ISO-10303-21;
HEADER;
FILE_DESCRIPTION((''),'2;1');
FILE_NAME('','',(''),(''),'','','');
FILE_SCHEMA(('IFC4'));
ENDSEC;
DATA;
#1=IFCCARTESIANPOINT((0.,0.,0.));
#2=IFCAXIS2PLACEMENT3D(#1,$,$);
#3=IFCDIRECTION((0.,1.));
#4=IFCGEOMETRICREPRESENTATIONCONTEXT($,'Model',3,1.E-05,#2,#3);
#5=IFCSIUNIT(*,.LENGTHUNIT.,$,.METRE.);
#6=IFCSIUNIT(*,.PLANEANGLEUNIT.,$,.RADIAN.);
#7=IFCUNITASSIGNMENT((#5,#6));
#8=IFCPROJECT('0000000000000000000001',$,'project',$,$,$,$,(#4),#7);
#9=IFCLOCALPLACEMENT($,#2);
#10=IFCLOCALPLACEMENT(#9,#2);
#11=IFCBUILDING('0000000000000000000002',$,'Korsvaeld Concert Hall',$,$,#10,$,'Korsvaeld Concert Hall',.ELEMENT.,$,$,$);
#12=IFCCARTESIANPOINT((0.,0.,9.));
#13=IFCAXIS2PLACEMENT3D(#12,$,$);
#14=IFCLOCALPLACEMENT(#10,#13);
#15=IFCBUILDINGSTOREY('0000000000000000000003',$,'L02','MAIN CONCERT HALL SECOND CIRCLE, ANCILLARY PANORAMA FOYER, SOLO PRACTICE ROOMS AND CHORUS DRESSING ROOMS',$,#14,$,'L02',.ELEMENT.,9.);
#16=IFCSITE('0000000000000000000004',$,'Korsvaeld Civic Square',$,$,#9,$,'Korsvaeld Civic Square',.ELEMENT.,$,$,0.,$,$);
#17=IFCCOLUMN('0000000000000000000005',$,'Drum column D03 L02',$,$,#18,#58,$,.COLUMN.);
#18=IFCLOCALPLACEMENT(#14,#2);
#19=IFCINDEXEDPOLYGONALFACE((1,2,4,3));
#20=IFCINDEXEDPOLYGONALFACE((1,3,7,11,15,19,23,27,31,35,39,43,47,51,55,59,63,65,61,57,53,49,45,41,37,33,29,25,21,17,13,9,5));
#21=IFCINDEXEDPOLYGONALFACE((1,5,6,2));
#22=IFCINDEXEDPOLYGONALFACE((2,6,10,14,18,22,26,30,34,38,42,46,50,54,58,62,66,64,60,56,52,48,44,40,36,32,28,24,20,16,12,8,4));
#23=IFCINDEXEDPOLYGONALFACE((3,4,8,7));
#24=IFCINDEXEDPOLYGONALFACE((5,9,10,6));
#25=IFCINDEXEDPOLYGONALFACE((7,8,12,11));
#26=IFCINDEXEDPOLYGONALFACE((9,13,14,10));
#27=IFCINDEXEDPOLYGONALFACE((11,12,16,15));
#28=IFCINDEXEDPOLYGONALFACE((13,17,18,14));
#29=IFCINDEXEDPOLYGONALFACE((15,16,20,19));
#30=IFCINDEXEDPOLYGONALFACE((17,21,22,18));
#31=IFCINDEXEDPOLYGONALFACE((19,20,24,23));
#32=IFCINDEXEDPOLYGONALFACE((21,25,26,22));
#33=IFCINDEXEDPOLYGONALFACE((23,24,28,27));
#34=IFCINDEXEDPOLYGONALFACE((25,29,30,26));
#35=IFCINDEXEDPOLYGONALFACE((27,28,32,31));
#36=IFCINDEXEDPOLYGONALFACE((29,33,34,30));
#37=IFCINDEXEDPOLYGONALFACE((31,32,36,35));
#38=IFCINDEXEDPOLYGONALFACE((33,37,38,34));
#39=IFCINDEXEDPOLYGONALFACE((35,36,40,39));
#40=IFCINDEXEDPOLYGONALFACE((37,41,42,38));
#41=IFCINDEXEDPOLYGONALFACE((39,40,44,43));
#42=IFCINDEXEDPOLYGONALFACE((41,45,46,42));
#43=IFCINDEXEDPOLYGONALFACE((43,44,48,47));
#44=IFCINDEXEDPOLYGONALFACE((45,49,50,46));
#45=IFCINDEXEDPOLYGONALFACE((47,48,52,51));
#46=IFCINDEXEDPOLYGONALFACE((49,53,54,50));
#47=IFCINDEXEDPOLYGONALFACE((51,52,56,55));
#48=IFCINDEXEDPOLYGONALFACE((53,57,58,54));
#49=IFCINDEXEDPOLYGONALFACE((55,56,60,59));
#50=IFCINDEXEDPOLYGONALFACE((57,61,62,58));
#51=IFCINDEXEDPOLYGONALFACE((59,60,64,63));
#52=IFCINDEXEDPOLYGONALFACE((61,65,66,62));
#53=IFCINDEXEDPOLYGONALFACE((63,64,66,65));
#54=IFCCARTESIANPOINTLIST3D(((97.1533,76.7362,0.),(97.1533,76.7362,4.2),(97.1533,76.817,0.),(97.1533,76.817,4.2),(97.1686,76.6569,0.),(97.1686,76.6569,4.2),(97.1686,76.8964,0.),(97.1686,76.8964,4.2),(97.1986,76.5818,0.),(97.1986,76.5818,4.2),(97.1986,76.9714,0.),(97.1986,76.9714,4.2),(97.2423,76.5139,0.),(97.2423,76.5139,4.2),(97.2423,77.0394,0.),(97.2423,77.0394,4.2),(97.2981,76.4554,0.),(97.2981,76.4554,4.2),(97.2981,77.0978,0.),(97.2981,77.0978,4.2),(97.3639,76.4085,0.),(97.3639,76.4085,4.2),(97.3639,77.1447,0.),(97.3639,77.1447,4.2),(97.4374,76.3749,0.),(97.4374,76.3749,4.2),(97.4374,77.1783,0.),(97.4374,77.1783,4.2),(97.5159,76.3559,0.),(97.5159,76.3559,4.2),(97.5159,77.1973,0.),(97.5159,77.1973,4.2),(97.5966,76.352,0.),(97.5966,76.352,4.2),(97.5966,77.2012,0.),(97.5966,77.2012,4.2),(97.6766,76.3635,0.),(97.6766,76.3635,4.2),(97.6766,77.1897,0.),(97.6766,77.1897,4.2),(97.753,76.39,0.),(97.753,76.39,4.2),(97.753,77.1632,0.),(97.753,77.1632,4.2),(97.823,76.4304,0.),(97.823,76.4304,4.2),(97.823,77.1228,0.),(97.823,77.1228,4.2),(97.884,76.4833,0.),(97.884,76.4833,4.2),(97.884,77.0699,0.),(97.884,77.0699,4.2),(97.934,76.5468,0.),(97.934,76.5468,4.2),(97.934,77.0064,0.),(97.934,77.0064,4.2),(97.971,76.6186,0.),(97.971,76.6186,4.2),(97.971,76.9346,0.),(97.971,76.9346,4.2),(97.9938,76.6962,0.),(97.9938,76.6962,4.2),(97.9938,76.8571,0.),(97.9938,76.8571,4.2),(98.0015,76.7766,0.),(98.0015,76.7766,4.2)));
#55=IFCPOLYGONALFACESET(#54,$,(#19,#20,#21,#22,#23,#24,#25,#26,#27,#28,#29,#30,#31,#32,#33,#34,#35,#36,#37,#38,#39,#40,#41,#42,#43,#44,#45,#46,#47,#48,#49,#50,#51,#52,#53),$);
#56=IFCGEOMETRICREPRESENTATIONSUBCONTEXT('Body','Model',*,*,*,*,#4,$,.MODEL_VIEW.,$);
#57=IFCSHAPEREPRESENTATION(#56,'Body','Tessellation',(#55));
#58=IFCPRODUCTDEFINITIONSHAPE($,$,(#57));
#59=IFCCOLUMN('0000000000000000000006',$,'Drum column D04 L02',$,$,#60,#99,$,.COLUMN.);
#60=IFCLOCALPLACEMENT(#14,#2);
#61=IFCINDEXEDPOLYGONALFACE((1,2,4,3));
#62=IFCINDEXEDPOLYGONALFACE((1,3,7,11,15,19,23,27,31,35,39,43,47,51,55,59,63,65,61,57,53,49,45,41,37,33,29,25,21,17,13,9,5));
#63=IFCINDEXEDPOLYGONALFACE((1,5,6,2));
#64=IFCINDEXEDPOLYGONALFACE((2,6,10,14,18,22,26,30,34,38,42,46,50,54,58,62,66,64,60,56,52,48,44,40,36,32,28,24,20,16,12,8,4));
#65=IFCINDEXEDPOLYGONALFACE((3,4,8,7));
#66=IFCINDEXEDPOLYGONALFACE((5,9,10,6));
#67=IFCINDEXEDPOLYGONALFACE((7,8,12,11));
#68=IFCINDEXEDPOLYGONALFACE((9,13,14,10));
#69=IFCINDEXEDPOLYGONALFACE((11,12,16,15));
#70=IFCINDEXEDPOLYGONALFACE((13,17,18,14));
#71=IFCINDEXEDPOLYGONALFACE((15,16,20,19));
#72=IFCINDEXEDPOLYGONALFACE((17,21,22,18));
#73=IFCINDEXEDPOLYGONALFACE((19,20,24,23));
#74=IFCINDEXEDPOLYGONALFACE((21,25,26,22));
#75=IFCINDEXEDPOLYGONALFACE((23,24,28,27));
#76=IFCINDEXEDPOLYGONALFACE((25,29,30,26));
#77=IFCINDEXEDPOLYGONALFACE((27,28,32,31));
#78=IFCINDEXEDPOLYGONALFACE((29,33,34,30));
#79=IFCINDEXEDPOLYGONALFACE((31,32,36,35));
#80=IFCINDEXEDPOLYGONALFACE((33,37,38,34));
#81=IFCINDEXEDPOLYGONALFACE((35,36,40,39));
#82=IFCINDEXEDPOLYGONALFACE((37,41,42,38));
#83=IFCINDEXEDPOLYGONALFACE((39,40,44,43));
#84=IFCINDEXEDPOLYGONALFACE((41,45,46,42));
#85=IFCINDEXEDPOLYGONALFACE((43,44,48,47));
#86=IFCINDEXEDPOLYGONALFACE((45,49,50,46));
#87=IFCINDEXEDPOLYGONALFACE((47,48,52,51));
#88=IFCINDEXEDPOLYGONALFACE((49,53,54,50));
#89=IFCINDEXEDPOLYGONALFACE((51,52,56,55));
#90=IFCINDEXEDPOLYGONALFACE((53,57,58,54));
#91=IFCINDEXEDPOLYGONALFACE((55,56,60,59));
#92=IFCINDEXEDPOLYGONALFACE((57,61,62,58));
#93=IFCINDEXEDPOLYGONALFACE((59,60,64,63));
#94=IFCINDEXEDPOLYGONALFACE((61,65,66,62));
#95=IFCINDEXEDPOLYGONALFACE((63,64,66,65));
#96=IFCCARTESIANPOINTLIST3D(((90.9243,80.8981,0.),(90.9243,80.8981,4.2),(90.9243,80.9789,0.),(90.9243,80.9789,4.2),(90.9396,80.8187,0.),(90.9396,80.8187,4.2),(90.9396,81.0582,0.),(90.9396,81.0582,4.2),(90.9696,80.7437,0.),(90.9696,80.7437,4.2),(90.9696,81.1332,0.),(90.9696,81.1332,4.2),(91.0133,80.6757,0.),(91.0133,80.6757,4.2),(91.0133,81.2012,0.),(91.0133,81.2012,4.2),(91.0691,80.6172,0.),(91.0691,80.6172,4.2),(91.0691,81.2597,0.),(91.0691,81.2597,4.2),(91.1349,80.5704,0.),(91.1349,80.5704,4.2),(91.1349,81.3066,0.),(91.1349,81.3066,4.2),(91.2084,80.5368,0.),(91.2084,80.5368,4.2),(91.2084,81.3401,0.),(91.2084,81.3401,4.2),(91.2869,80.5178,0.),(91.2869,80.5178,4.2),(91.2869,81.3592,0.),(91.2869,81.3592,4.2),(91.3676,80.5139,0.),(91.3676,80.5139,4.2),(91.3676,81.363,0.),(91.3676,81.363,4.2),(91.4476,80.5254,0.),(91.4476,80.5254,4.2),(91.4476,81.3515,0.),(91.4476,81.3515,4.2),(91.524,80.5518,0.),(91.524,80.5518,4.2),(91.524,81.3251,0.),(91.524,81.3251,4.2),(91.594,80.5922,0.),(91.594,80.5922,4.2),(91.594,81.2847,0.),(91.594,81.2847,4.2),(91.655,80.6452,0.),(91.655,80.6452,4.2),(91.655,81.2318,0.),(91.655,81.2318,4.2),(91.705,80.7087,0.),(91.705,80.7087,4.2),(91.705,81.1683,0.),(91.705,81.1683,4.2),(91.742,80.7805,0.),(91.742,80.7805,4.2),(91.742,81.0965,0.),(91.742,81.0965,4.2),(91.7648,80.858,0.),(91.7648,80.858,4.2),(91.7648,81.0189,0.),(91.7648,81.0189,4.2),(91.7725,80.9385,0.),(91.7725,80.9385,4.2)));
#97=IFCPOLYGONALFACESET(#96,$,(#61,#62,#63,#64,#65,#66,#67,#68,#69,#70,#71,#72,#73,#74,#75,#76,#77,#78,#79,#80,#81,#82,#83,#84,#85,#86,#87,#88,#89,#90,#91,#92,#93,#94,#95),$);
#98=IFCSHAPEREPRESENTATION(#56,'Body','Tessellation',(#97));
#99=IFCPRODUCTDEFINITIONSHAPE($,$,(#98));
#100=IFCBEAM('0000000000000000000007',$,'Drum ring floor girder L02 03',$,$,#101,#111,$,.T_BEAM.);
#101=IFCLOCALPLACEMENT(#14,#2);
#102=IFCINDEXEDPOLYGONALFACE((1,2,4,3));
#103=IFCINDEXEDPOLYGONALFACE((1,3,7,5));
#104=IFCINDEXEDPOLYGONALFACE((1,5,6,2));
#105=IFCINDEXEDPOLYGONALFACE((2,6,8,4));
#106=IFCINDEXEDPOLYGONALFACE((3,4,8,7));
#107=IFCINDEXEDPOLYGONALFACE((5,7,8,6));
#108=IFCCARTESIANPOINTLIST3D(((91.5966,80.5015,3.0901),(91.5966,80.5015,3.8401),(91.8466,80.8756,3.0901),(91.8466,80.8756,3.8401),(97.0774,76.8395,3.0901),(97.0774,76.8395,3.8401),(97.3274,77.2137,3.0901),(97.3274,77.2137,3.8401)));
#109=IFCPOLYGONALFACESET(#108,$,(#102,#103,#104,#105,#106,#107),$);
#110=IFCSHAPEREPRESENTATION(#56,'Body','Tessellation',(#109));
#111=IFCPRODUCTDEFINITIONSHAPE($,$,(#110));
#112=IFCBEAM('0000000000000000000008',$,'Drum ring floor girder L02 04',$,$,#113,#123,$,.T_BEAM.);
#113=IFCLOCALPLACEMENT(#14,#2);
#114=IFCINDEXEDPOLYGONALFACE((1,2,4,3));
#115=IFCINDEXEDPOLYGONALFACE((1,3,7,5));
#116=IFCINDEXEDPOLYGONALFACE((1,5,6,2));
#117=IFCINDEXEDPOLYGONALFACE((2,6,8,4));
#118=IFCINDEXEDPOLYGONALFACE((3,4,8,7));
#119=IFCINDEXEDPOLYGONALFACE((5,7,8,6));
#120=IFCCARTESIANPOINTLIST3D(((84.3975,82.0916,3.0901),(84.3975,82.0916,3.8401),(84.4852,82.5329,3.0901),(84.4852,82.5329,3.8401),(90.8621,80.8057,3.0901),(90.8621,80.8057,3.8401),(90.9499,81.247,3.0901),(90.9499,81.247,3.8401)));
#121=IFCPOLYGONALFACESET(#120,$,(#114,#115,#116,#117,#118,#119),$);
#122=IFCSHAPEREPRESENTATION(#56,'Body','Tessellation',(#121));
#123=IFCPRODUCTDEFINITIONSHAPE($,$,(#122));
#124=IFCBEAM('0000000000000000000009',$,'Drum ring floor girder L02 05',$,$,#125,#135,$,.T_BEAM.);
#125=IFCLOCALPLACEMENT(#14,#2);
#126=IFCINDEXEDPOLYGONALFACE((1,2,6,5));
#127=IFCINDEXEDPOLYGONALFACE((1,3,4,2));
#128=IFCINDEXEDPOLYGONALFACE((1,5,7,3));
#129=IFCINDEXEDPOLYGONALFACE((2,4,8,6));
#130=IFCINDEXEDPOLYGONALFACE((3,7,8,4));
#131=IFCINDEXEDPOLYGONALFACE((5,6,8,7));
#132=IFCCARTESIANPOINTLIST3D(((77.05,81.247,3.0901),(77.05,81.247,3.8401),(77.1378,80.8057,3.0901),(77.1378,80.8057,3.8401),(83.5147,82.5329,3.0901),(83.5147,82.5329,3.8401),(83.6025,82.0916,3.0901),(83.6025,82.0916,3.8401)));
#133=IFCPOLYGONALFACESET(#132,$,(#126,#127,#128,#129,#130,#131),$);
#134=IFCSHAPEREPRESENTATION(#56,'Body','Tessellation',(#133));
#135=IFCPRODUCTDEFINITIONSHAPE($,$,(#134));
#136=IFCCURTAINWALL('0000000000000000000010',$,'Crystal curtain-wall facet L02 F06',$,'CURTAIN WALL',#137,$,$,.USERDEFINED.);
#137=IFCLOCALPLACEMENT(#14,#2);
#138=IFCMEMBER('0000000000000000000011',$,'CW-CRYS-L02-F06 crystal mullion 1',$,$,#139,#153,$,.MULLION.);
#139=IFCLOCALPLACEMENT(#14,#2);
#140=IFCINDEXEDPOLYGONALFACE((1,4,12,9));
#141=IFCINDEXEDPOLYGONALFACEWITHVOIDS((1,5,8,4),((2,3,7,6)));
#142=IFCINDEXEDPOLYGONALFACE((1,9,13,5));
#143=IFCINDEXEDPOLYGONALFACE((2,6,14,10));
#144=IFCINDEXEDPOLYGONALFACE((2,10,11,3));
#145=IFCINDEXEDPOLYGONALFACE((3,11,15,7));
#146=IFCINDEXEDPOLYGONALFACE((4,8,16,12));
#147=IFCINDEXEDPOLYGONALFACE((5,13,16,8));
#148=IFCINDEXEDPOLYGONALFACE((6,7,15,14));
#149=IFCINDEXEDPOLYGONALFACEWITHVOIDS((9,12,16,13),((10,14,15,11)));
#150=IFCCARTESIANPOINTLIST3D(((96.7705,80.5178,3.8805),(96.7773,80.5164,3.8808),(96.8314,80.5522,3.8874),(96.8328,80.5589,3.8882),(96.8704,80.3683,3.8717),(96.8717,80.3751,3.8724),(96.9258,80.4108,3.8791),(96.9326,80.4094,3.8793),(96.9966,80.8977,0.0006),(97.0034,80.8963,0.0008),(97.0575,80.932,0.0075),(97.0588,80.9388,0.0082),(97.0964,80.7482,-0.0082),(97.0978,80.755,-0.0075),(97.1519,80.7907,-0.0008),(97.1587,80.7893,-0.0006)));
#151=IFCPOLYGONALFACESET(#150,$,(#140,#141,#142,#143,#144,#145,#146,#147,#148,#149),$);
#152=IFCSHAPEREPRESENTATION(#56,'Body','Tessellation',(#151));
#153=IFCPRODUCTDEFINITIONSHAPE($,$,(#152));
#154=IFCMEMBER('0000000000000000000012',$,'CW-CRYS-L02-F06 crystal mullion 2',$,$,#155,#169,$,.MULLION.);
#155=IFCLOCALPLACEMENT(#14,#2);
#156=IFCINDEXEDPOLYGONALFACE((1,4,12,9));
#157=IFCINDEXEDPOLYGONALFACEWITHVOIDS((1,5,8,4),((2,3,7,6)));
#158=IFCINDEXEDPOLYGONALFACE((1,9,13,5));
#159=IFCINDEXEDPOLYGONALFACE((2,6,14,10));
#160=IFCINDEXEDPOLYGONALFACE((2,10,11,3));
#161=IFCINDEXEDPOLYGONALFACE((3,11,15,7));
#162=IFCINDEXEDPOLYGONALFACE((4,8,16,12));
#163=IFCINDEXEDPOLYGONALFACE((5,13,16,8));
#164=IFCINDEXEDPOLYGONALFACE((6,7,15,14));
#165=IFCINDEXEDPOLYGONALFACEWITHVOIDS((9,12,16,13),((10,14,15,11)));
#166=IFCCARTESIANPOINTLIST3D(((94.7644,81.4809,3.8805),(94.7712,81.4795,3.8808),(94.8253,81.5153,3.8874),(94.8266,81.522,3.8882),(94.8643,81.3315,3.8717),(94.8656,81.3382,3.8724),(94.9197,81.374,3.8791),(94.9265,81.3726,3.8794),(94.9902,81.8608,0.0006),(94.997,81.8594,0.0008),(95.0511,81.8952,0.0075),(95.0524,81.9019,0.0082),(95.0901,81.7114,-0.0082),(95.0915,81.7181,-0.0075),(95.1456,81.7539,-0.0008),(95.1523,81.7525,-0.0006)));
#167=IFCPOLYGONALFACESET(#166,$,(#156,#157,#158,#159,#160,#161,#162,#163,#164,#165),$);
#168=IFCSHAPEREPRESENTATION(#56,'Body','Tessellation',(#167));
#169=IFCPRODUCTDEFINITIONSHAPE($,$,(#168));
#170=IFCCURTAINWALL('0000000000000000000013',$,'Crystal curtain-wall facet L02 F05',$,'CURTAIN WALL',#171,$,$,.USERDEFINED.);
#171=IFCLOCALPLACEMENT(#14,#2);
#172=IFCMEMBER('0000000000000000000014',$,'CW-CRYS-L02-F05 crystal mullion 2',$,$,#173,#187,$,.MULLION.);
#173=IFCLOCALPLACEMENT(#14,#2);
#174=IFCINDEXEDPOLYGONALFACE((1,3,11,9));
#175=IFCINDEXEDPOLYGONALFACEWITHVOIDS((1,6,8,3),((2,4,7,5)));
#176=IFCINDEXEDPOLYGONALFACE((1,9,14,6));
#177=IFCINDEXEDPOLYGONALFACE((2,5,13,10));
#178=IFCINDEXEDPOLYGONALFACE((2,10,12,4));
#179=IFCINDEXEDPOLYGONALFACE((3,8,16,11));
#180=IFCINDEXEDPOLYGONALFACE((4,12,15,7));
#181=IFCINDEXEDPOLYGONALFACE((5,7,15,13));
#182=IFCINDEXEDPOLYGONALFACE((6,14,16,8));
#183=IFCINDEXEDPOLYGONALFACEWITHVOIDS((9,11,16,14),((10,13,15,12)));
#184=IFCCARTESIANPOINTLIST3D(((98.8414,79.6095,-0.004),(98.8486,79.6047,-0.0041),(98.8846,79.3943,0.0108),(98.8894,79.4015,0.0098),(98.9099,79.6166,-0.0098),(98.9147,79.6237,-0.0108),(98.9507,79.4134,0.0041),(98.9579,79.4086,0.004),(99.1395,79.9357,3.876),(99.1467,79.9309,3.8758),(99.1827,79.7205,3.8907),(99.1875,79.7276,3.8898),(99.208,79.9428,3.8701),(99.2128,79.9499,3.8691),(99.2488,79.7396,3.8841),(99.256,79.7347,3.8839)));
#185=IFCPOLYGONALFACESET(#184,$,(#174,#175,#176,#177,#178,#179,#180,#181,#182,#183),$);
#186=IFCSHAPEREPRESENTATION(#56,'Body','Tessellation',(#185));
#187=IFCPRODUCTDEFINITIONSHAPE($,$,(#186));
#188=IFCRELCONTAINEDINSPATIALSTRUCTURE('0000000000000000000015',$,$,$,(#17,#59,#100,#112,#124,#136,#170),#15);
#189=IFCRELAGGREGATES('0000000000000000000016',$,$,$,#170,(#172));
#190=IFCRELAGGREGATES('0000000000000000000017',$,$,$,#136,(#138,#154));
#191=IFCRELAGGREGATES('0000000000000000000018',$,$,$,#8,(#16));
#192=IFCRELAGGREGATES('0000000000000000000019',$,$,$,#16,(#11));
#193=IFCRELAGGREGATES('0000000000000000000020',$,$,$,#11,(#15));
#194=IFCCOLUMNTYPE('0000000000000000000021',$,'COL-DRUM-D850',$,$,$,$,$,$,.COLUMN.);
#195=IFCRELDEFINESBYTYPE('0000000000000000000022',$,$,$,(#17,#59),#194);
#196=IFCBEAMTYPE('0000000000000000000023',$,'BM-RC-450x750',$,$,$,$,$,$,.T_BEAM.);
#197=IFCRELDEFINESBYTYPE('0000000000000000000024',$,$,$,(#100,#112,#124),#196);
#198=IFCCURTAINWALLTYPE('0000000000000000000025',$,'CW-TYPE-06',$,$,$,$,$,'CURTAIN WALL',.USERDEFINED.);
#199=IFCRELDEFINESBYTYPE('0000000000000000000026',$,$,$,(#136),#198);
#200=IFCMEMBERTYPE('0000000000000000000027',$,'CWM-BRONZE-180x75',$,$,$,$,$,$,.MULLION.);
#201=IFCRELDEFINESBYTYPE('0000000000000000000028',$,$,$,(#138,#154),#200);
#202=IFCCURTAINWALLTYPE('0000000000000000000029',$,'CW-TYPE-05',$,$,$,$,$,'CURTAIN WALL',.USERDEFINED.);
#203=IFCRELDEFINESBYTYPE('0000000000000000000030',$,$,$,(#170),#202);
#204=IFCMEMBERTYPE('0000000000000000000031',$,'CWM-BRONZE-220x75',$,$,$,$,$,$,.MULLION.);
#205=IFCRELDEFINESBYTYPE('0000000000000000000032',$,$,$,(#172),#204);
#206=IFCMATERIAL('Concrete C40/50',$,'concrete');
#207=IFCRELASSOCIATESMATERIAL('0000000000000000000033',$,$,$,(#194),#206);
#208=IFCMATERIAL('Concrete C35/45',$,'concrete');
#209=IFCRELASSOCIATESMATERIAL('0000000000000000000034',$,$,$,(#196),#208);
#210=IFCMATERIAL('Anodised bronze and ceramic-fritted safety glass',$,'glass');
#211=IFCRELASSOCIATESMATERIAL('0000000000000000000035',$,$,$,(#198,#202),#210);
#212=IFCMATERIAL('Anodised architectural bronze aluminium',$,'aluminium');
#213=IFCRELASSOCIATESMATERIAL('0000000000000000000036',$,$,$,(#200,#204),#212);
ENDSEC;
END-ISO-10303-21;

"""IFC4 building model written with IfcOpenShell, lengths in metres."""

from ifc_helpers import new_model, si_unit, direction, frame, origin, origin_2d, place, context, subcontext, project, spatial, rectangle, hollow_rectangle, circle, extrude, material, material_profile, profile_set, type_object, element, aggregate, save


model = new_model("IFC4")

# Units and contexts
model_context = context("Model", 3, precision=1e-05, world=origin(), true_north=direction((0.0, 1.0)))
body_context = subcontext(model_context, "Body", "Model", "MODEL_VIEW")
ifc_project = project(units=[si_unit("LENGTHUNIT", "METRE"), si_unit("PLANEANGLEUNIT", "RADIAN")], contexts=[model_context])

# Site, building, storey
site_placement = place(None, origin())
site = spatial("IfcSite", under=ifc_project, at=site_placement, Name="Korsvaeld Civic Square", LongName="Korsvaeld Civic Square", CompositionType="ELEMENT", RefElevation=0.0)
building_placement = place(site_placement, origin())
building = spatial("IfcBuilding", under=site, at=building_placement, Name="Korsvaeld Concert Hall", LongName="Korsvaeld Concert Hall", CompositionType="ELEMENT")
storey_placement = place(building_placement, frame((0.0, 0.0, 9.0)))
storey = spatial("IfcBuildingStorey", under=building, at=storey_placement, Name="L02", Description="MAIN CONCERT HALL SECOND CIRCLE, ANCILLARY PANORAMA FOYER, SOLO PRACTICE ROOMS AND CHORUS DRESSING ROOMS", LongName="L02", CompositionType="ELEMENT", Elevation=9.0)

# Columns
ifc_material_1 = material(Name="Concrete C40/50", Category="concrete")
ifc_material_profile_1 = material_profile(ifc_material_1, circle(Radius=0.425, at=origin_2d()), Name="RC D850")
ifc_profile_set_1 = profile_set([ifc_material_profile_1], Name="Concrete C40/50")
column_type = type_object("IfcColumnType", Name="COL-DRUM-D850", PredefinedType="COLUMN", material=ifc_profile_set_1)
for number, where, z_axis, x_axis, name in (
    (1, (97.5764, 76.7766, 0.0), (0.0, 0.0, 1.0), (1.0, 0.0, 0.0), "Drum column D03 L02"),
    (2, (91.3474, 80.9385, 0.0), (0.0, 0.0, 1.0), (1.0, 0.0, 0.0), "Drum column D04 L02"),
):
    element("IfcColumn", number, at=place(storey_placement, frame(where, z_axis=z_axis, x_axis=x_axis)), inside=storey, type_object=column_type, Name=name, PredefinedType="COLUMN", context=body_context, shape_type="SweptSolid", body=[
        extrude(circle(Radius=0.425, at=origin_2d()), origin(), (0.0, 0.0, 1.0), 4.2),
    ])

# Beams
ifc_material_2 = material(Name="Concrete C35/45", Category="concrete")
ifc_material_profile_2 = material_profile(ifc_material_2, rectangle(XDim=0.45, YDim=0.75, at=origin_2d()), Name="RC 450x750")
ifc_profile_set_2 = profile_set([ifc_material_profile_2], Name="Concrete C35/45")
beam_type = type_object("IfcBeamType", Name="BM-RC-450x750", PredefinedType="T_BEAM", material=ifc_profile_set_2)
beam_placement = place(storey_placement, frame((97.2024, 77.0266, 3.4651), z_axis=(-0.831486, 0.555546, 0.0), x_axis=(-0.555546, -0.831486, 0.0)))
element("IfcBeam", 3, at=beam_placement, inside=storey, type_object=beam_type, Name="Drum ring floor girder L02 03", PredefinedType="T_BEAM", context=body_context, shape_type="SweptSolid", body=[
    extrude(rectangle(XDim=0.45, YDim=0.75, at=origin_2d()), origin(), (0.0, 0.0, 1.0), 6.5916),
])
for number, where, z_axis, x_axis, name in (
    (4, (90.906, 81.0264, 3.4651), (-0.980785, 0.19509, 0.0), (-0.19509, -0.980785, 0.0), "Drum ring floor girder L02 04"),
    (5, (83.5586, 82.3123, 3.4651), (-0.980785, -0.19509, 0.0), (0.19509, -0.980785, 0.0), "Drum ring floor girder L02 05"),
):
    element("IfcBeam", number, at=place(storey_placement, frame(where, z_axis=z_axis, x_axis=x_axis)), inside=storey, type_object=beam_type, Name=name, PredefinedType="T_BEAM", context=body_context, shape_type="SweptSolid", body=[
        extrude(rectangle(XDim=0.45, YDim=0.75, at=origin_2d()), origin(), (0.0, 0.0, 1.0), 6.5913),
    ])

# Curtain walls, members
ifc_material_3 = material(Name="Anodised bronze and ceramic-fritted safety glass", Category="glass")
curtain_wall_type_1 = type_object("IfcCurtainWallType", Name="CW-TYPE-06", ElementType="CURTAIN WALL", PredefinedType="USERDEFINED", material=ifc_material_3)
curtain_wall_1_placement = place(storey_placement, origin())
curtain_wall_1 = element("IfcCurtainWall", 6, at=curtain_wall_1_placement, inside=storey, type_object=curtain_wall_type_1, Name="Crystal curtain-wall facet L02 F06", ObjectType="CURTAIN WALL", PredefinedType="USERDEFINED")
ifc_material_4 = material(Name="Anodised architectural bronze aluminium", Category="aluminium")
ifc_material_profile_3 = material_profile(ifc_material_4, hollow_rectangle(XDim=0.075, YDim=0.1799, WallThickness=0.0049, at=origin_2d()), Name="CWM 180x75x5")
ifc_profile_set_3 = profile_set([ifc_material_profile_3], Name="Anodised architectural bronze aluminium")
member_type_1 = type_object("IfcMemberType", Name="CWM-BRONZE-180x75", PredefinedType="MULLION", material=ifc_profile_set_3)
member_1_placement = place(storey_placement, frame((97.0776, 80.8435, 0.0), z_axis=(-0.057894, -0.097281, 0.993572), x_axis=(-0.829999, -0.548349, -0.102052)))
member_1 = element("IfcMember", 7, at=member_1_placement, type_object=member_type_1, Name="CW-CRYS-L02-F06 crystal mullion 1", PredefinedType="MULLION", context=body_context, shape_type="SweptSolid", body=[
    extrude(hollow_rectangle(XDim=0.075, YDim=0.1799, WallThickness=0.0049, at=origin_2d()), origin(), (0.0, 0.0, 1.0), 3.905),
])
member_2_placement = place(storey_placement, frame((95.0713, 81.8066, 0.0), z_axis=(-0.057831, -0.097282, 0.993575), x_axis=(-0.82974, -0.548746, -0.102024)))
member_2 = element("IfcMember", 8, at=member_2_placement, type_object=member_type_1, Name="CW-CRYS-L02-F06 crystal mullion 2", PredefinedType="MULLION", context=body_context, shape_type="SweptSolid", body=[
    extrude(hollow_rectangle(XDim=0.075, YDim=0.1799, WallThickness=0.0049, at=origin_2d()), origin(), (0.0, 0.0, 1.0), 3.905),
])
curtain_wall_type_2 = type_object("IfcCurtainWallType", Name="CW-TYPE-05", ElementType="CURTAIN WALL", PredefinedType="USERDEFINED", material=ifc_material_3)
curtain_wall_2_placement = place(storey_placement, origin())
curtain_wall_2 = element("IfcCurtainWall", 9, at=curtain_wall_2_placement, inside=storey, type_object=curtain_wall_type_2, Name="Crystal curtain-wall facet L02 F05", ObjectType="CURTAIN WALL", PredefinedType="USERDEFINED")
ifc_material_profile_4 = material_profile(ifc_material_4, hollow_rectangle(XDim=0.075, YDim=0.22, WallThickness=0.0061, at=origin_2d()), Name="CWM 220x75x6")
ifc_profile_set_4 = profile_set([ifc_material_profile_4], Name="Anodised architectural bronze aluminium")
member_type_2 = type_object("IfcMemberType", Name="CWM-BRONZE-220x75", PredefinedType="MULLION", material=ifc_profile_set_4)
member_3_placement = place(storey_placement, frame((98.8997, 79.509, 0.0), z_axis=(0.076338, 0.083528, 0.993577), x_axis=(0.977548, 0.19001, -0.09108)))
member_3 = element("IfcMember", 10, at=member_3_placement, type_object=member_type_2, Name="CW-CRYS-L02-F05 crystal mullion 2", PredefinedType="MULLION", context=body_context, shape_type="SweptSolid", body=[
    extrude(hollow_rectangle(XDim=0.075, YDim=0.22, WallThickness=0.0061, at=origin_2d()), origin(), (0.0, 0.0, 1.0), 3.905),
])

aggregate(curtain_wall_2, [member_3])
aggregate(curtain_wall_1, [member_1, member_2])

save(model, "model.ifc")
